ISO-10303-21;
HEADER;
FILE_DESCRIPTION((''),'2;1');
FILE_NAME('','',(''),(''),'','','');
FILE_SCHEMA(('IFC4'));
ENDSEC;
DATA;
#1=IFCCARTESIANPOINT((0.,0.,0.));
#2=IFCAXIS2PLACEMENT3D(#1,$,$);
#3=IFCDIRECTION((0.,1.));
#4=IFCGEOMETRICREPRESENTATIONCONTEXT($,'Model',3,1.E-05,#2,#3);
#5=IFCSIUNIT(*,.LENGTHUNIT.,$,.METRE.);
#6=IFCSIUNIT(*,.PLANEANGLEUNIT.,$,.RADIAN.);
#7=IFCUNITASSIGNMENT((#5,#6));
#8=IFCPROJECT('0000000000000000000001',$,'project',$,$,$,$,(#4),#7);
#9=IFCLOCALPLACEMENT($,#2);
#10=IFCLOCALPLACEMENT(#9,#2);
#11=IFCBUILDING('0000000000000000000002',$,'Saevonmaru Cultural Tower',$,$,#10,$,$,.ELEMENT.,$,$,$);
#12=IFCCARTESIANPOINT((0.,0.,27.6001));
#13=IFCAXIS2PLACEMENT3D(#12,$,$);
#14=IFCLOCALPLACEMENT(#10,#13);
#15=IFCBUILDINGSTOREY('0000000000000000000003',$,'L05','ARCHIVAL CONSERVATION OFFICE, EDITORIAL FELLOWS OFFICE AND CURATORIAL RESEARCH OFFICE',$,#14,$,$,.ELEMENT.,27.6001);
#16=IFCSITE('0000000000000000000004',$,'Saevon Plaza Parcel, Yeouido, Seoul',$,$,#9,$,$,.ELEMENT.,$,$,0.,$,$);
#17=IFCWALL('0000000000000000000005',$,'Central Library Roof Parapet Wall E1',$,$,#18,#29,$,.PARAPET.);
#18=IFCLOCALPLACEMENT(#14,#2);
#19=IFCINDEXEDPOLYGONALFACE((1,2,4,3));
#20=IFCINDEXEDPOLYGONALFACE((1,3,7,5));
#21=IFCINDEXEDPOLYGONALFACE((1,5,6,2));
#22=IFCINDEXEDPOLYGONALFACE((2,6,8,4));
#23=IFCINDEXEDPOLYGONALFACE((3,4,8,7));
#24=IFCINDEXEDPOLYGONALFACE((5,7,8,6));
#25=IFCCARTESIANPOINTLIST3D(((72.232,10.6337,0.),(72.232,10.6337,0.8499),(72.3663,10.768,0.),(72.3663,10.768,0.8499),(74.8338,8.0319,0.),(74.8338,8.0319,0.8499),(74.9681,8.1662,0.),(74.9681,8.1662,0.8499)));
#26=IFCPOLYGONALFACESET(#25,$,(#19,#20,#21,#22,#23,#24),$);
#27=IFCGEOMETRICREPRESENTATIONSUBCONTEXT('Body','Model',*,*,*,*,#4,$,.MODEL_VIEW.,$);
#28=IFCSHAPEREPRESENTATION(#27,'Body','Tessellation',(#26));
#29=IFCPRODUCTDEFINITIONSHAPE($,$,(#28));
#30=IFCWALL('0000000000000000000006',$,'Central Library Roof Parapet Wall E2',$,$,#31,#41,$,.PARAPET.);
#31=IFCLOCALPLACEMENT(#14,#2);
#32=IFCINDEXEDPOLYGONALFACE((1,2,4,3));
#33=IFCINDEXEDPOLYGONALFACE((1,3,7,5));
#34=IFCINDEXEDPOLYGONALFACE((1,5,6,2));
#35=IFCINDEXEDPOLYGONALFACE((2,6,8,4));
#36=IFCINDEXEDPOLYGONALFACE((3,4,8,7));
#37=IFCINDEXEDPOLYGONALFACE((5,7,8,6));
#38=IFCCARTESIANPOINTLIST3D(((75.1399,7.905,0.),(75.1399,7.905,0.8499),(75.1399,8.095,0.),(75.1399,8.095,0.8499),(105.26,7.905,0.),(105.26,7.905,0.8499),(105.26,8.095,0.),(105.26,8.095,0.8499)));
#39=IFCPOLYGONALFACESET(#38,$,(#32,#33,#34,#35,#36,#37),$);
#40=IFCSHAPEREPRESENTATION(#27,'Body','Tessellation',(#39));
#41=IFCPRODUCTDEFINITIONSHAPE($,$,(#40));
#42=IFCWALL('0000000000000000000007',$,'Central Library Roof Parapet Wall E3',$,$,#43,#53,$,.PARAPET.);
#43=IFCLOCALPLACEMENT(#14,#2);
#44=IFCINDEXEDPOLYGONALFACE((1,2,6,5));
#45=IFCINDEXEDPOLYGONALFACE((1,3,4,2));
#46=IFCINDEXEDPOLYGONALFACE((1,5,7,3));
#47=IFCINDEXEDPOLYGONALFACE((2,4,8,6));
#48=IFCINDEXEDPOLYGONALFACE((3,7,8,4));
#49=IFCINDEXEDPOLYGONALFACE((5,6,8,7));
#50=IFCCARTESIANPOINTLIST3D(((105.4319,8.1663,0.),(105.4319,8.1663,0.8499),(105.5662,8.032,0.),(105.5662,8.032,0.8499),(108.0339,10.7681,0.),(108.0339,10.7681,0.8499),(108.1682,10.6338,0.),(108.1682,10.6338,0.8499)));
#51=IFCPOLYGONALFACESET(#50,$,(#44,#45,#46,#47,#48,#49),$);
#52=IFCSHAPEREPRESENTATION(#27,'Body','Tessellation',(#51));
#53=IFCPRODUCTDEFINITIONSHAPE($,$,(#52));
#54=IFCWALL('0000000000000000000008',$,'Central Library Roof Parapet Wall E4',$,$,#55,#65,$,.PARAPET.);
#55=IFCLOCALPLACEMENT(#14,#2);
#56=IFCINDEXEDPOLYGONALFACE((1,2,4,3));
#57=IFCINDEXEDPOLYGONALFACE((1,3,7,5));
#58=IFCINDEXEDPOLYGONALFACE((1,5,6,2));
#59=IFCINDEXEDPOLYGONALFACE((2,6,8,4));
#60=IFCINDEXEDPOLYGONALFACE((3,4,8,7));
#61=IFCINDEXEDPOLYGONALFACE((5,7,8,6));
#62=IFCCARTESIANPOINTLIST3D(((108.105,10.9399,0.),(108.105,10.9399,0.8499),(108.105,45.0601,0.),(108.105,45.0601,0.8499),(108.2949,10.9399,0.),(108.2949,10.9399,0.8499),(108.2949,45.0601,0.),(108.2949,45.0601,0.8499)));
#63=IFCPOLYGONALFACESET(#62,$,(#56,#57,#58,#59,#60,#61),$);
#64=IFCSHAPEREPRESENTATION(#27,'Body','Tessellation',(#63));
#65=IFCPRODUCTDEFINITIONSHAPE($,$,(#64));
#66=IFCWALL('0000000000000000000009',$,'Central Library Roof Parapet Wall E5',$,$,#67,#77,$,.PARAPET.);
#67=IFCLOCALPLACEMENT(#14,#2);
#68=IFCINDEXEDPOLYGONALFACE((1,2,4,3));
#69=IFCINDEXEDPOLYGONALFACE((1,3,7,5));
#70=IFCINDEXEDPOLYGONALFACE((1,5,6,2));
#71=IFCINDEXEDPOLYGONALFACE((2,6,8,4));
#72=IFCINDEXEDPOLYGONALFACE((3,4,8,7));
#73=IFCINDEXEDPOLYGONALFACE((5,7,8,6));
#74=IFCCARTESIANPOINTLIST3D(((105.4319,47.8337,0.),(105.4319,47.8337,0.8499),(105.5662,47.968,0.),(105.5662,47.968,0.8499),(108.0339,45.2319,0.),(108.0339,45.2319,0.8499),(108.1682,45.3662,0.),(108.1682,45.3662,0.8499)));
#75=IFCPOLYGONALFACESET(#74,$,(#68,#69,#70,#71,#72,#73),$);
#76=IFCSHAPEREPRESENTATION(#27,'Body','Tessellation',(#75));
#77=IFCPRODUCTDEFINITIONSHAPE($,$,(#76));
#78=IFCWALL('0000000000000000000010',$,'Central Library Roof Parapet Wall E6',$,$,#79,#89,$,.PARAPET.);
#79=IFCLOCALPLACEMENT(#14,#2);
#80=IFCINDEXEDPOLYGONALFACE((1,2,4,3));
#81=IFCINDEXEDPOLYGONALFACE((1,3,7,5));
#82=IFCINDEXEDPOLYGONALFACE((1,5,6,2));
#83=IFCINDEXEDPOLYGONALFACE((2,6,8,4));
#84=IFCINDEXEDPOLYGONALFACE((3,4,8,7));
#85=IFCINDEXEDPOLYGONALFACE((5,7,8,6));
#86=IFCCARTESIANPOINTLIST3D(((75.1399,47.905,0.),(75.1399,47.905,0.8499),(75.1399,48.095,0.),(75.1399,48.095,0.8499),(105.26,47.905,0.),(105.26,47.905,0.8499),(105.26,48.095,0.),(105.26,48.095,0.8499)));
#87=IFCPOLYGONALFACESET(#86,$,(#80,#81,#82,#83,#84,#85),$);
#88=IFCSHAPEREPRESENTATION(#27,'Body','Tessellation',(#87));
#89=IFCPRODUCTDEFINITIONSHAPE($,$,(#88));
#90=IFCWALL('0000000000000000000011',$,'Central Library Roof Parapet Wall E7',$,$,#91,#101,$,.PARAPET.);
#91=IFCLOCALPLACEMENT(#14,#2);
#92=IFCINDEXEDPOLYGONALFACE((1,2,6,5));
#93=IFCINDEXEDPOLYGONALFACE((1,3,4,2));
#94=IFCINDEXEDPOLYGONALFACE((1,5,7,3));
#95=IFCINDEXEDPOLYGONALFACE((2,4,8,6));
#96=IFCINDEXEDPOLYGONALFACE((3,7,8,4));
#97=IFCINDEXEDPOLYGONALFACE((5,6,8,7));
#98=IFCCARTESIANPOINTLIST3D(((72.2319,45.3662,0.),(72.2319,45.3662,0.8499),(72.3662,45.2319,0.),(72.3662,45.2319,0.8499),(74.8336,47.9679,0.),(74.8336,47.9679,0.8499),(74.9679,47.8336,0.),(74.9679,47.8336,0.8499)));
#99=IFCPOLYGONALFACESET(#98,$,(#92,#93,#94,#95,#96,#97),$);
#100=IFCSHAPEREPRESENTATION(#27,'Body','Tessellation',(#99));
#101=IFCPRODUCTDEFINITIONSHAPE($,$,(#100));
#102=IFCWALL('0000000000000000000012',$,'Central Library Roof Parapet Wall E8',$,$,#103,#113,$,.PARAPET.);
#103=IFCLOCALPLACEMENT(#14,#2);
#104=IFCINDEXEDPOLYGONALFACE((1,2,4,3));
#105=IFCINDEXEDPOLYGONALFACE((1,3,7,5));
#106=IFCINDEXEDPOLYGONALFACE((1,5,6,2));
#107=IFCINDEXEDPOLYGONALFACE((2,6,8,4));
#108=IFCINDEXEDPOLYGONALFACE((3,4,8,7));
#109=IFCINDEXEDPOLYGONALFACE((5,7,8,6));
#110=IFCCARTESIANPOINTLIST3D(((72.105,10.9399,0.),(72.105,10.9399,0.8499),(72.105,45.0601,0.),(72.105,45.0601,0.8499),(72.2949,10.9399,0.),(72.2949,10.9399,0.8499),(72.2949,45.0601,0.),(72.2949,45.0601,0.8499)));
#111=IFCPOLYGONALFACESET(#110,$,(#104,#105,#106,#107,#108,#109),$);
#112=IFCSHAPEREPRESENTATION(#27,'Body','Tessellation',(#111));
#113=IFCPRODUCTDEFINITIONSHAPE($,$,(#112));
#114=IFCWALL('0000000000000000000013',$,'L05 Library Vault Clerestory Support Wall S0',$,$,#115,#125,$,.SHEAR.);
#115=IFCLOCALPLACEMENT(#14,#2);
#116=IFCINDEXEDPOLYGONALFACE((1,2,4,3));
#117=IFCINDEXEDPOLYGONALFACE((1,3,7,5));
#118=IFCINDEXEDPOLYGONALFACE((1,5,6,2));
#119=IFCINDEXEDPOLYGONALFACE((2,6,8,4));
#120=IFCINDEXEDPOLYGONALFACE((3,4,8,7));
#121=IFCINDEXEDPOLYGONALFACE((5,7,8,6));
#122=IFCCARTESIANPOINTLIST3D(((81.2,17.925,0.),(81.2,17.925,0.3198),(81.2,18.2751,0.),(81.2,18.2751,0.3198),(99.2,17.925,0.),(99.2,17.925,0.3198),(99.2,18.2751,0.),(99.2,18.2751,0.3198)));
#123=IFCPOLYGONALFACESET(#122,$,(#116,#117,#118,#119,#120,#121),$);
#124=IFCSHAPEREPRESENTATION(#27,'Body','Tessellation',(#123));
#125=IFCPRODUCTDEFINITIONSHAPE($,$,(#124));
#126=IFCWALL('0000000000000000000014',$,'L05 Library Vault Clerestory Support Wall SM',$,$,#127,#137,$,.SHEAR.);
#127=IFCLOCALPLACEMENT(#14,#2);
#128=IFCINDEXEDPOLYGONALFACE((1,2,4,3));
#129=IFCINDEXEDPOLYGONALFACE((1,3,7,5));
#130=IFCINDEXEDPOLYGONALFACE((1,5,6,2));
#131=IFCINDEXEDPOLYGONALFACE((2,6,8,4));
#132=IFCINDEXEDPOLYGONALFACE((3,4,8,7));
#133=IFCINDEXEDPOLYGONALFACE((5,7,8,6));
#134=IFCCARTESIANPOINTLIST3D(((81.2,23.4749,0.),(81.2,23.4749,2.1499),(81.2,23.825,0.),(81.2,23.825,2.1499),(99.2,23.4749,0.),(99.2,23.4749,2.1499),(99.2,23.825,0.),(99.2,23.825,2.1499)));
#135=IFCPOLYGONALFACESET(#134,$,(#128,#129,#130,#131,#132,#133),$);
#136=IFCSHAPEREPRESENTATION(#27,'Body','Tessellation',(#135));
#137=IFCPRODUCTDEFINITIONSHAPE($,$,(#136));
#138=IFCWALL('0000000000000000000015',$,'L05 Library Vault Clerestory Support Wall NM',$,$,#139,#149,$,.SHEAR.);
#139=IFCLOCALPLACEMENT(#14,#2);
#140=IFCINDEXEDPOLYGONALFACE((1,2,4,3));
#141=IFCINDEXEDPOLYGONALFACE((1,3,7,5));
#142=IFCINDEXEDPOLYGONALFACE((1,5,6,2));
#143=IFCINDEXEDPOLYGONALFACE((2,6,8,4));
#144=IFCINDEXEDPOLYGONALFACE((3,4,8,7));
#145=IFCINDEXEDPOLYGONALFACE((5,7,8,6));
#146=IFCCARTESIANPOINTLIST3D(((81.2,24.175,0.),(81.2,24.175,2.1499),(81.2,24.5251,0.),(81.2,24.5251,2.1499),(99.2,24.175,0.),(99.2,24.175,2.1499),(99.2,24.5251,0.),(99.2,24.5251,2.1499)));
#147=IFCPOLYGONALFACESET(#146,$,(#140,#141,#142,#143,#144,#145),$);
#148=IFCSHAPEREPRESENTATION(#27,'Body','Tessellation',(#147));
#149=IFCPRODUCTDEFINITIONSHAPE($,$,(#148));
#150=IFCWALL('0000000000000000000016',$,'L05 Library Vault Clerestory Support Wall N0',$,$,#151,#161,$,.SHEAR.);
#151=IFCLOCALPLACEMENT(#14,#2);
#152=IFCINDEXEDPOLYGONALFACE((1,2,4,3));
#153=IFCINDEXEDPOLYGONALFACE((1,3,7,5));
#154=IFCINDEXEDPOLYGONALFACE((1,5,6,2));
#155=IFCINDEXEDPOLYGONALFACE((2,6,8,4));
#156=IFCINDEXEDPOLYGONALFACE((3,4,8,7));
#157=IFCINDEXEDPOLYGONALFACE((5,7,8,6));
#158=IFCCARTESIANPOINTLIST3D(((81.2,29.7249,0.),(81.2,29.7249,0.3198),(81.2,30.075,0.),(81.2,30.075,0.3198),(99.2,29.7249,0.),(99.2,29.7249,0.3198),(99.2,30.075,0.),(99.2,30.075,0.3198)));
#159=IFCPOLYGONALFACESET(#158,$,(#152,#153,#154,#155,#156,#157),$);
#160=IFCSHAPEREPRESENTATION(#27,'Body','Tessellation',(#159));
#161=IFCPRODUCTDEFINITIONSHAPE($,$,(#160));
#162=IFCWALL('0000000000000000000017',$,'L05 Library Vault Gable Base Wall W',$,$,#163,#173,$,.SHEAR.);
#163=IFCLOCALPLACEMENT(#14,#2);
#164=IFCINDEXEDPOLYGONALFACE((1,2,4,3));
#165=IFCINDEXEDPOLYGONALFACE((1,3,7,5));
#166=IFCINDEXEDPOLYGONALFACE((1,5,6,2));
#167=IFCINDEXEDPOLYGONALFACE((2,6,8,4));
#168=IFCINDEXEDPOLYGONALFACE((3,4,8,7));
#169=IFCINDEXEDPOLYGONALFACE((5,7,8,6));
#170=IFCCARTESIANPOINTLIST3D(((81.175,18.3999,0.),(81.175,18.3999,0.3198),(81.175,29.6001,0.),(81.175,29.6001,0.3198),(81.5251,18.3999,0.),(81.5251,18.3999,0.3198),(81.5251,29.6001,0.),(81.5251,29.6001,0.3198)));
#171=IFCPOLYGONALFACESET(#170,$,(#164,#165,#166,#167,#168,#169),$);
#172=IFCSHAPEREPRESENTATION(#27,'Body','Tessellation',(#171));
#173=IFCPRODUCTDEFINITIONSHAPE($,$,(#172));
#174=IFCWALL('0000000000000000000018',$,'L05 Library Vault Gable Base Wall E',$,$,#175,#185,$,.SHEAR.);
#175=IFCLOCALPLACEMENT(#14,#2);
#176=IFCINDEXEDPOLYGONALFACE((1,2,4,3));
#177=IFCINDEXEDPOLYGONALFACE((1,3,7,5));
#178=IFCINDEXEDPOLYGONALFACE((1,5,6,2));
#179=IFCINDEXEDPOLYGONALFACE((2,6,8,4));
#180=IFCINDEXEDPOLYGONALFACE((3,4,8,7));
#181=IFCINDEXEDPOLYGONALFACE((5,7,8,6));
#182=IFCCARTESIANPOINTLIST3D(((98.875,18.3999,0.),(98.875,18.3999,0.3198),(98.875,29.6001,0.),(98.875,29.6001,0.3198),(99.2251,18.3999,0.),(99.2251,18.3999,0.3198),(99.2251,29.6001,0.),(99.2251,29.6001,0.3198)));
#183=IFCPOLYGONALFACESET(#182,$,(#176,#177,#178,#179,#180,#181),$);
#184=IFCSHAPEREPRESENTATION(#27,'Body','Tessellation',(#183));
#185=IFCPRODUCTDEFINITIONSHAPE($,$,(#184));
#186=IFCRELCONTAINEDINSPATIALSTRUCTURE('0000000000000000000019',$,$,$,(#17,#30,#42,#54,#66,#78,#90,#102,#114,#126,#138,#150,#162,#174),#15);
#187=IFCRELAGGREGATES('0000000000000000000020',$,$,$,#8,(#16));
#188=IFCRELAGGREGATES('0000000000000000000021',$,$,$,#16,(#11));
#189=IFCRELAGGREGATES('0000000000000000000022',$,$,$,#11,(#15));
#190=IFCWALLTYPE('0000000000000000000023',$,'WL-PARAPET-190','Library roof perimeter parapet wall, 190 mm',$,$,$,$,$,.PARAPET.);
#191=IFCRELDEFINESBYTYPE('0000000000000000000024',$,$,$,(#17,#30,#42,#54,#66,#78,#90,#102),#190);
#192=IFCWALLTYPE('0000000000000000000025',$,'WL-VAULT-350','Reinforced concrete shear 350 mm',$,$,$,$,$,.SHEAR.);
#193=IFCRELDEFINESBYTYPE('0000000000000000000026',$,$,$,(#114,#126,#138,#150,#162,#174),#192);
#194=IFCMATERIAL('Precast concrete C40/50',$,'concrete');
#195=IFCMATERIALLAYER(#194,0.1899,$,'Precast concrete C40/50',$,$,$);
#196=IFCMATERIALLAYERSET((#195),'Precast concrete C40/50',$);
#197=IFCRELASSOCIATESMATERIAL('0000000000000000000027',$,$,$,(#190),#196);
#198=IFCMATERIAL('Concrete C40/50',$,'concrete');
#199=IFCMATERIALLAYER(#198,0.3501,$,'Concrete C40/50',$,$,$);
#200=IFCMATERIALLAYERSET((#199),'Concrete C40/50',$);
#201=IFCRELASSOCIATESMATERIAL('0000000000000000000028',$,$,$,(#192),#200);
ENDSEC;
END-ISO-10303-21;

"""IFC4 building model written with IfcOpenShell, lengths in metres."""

from ifc_helpers import new_model, si_unit, direction, frame, frame_2d, origin, place, context, subcontext, project, spatial, rectangle, extrude, material, layer, layer_set, type_object, element, save


model = new_model("IFC4")

# Units and contexts
model_context = context("Model", 3, precision=1e-05, world=origin(), true_north=direction((0.0, 1.0)))
body_context = subcontext(model_context, "Body", "Model", "MODEL_VIEW")
ifc_project = project(units=[si_unit("LENGTHUNIT", "METRE"), si_unit("PLANEANGLEUNIT", "RADIAN")], contexts=[model_context])

# Site, building, storey
site_placement = place(None, origin())
site = spatial("IfcSite", under=ifc_project, at=site_placement, Name="Saevon Plaza Parcel, Yeouido, Seoul", CompositionType="ELEMENT", RefElevation=0.0)
building_placement = place(site_placement, origin())
building = spatial("IfcBuilding", under=site, at=building_placement, Name="Saevonmaru Cultural Tower", CompositionType="ELEMENT")
storey_placement = place(building_placement, frame((0.0, 0.0, 27.6001)))
storey = spatial("IfcBuildingStorey", under=building, at=storey_placement, Name="L05", Description="ARCHIVAL CONSERVATION OFFICE, EDITORIAL FELLOWS OFFICE AND CURATORIAL RESEARCH OFFICE", CompositionType="ELEMENT", Elevation=27.6001)

# Shared definitions
ifc_material_1 = material(Name="Concrete C40/50", Category="concrete")

# Walls
ifc_material_2 = material(Name="Precast concrete C40/50", Category="concrete")
ifc_layer_1 = layer(ifc_material_2, 0.1899, Name="Precast concrete C40/50")
ifc_layer_set_1 = layer_set([ifc_layer_1], Name="Precast concrete C40/50")
wall_type_1 = type_object("IfcWallType", Name="WL-PARAPET-190", Description="Library roof perimeter parapet wall, 190 mm", PredefinedType="PARAPET", material=ifc_layer_set_1)
wall_1_placement = place(storey_placement, frame((72.2991, 10.7009, 0.0), z_axis=(0.0, 0.0, 1.0), x_axis=(0.707107, -0.707107, 0.0)))
element("IfcWall", 1, at=wall_1_placement, inside=storey, type_object=wall_type_1, Name="Central Library Roof Parapet Wall E1", PredefinedType="PARAPET", context=body_context, shape_type="SweptSolid", body=[
    extrude(rectangle(XDim=3.6794, YDim=0.1899, at=frame_2d((1.8398, 0.0))), origin(), (0.0, 0.0, 1.0), 0.8499),
])
wall_2_placement = place(storey_placement, frame((75.1399, 8.0, 0.0), z_axis=(0.0, 0.0, 1.0), x_axis=(1.0, 0.0, 0.0)))
element("IfcWall", 2, at=wall_2_placement, inside=storey, type_object=wall_type_1, Name="Central Library Roof Parapet Wall E2", PredefinedType="PARAPET", context=body_context, shape_type="SweptSolid", body=[
    extrude(rectangle(XDim=30.1201, YDim=0.1899, at=frame_2d((15.0601, 0.0))), origin(), (0.0, 0.0, 1.0), 0.8499),
])
wall_3_placement = place(storey_placement, frame((105.499, 8.0991, 0.0), z_axis=(0.0, 0.0, 1.0), x_axis=(0.70714, 0.707074, 0.0)))
element("IfcWall", 3, at=wall_3_placement, inside=storey, type_object=wall_type_1, Name="Central Library Roof Parapet Wall E3", PredefinedType="PARAPET", context=body_context, shape_type="SweptSolid", body=[
    extrude(rectangle(XDim=3.6797, YDim=0.1899, at=frame_2d((1.8398, 0.0))), origin(), (0.0, 0.0, 1.0), 0.8499),
])
wall_4_placement = place(storey_placement, frame((108.2, 10.9399, 0.0), z_axis=(0.0, 0.0, 1.0), x_axis=(0.0, 1.0, 0.0)))
element("IfcWall", 4, at=wall_4_placement, inside=storey, type_object=wall_type_1, Name="Central Library Roof Parapet Wall E4", PredefinedType="PARAPET", context=body_context, shape_type="SweptSolid", body=[
    extrude(rectangle(XDim=34.1201, YDim=0.1899, at=frame_2d((17.0601, 0.0))), origin(), (0.0, 0.0, 1.0), 0.8499),
])
wall_5_placement = place(storey_placement, frame((108.1011, 45.2991, 0.0), z_axis=(0.0, 0.0, 1.0), x_axis=(-0.70714, 0.707074, 0.0)))
element("IfcWall", 5, at=wall_5_placement, inside=storey, type_object=wall_type_1, Name="Central Library Roof Parapet Wall E5", PredefinedType="PARAPET", context=body_context, shape_type="SweptSolid", body=[
    extrude(rectangle(XDim=3.6797, YDim=0.1899, at=frame_2d((1.8398, 0.0))), origin(), (0.0, 0.0, 1.0), 0.8499),
])
wall_6_placement = place(storey_placement, frame((105.26, 48.0, 0.0), z_axis=(0.0, 0.0, 1.0), x_axis=(-1.0, 0.0, 0.0)))
element("IfcWall", 6, at=wall_6_placement, inside=storey, type_object=wall_type_1, Name="Central Library Roof Parapet Wall E6", PredefinedType="PARAPET", context=body_context, shape_type="SweptSolid", body=[
    extrude(rectangle(XDim=30.1201, YDim=0.1899, at=frame_2d((15.0601, 0.0))), origin(), (0.0, 0.0, 1.0), 0.8499),
])
wall_7_placement = place(storey_placement, frame((74.9009, 47.9009, 0.0), z_axis=(0.0, 0.0, 1.0), x_axis=(-0.707107, -0.707107, 0.0)))
element("IfcWall", 7, at=wall_7_placement, inside=storey, type_object=wall_type_1, Name="Central Library Roof Parapet Wall E7", PredefinedType="PARAPET", context=body_context, shape_type="SweptSolid", body=[
    extrude(rectangle(XDim=3.6794, YDim=0.1899, at=frame_2d((1.8398, 0.0))), origin(), (0.0, 0.0, 1.0), 0.8499),
])
wall_8_placement = place(storey_placement, frame((72.2, 45.0601, 0.0), z_axis=(0.0, 0.0, 1.0), x_axis=(0.0, -1.0, 0.0)))
element("IfcWall", 8, at=wall_8_placement, inside=storey, type_object=wall_type_1, Name="Central Library Roof Parapet Wall E8", PredefinedType="PARAPET", context=body_context, shape_type="SweptSolid", body=[
    extrude(rectangle(XDim=34.1201, YDim=0.1899, at=frame_2d((17.0601, 0.0))), origin(), (0.0, 0.0, 1.0), 0.8499),
])
ifc_layer_2 = layer(ifc_material_1, 0.3501, Name="Concrete C40/50")
ifc_layer_set_2 = layer_set([ifc_layer_2], Name="Concrete C40/50")
wall_type_2 = type_object("IfcWallType", Name="WL-VAULT-350", Description="Reinforced concrete shear 350 mm", PredefinedType="SHEAR", material=ifc_layer_set_2)
wall_9_placement = place(storey_placement, frame((81.2, 18.1001, 0.0), z_axis=(0.0, 0.0, 1.0), x_axis=(1.0, 0.0, 0.0)))
element("IfcWall", 9, at=wall_9_placement, inside=storey, type_object=wall_type_2, Name="L05 Library Vault Clerestory Support Wall S0", PredefinedType="SHEAR", context=body_context, shape_type="SweptSolid", body=[
    extrude(rectangle(XDim=18.0, YDim=0.3501, at=frame_2d((9.0, 0.0))), origin(), (0.0, 0.0, 1.0), 0.3198),
])
for number, where, z_axis, x_axis, name in (
    (10, (81.2, 23.6499, 0.0), (0.0, 0.0, 1.0), (1.0, 0.0, 0.0), "L05 Library Vault Clerestory Support Wall SM"),
    (11, (81.2, 24.3501, 0.0), (0.0, 0.0, 1.0), (1.0, 0.0, 0.0), "L05 Library Vault Clerestory Support Wall NM"),
):
    element("IfcWall", number, at=place(storey_placement, frame(where, z_axis=z_axis, x_axis=x_axis)), inside=storey, type_object=wall_type_2, Name=name, PredefinedType="SHEAR", context=body_context, shape_type="SweptSolid", body=[
        extrude(rectangle(XDim=18.0, YDim=0.3501, at=frame_2d((9.0, 0.0))), origin(), (0.0, 0.0, 1.0), 2.1499),
    ])
wall_10_placement = place(storey_placement, frame((81.2, 29.8999, 0.0), z_axis=(0.0, 0.0, 1.0), x_axis=(1.0, 0.0, 0.0)))
element("IfcWall", 12, at=wall_10_placement, inside=storey, type_object=wall_type_2, Name="L05 Library Vault Clerestory Support Wall N0", PredefinedType="SHEAR", context=body_context, shape_type="SweptSolid", body=[
    extrude(rectangle(XDim=18.0, YDim=0.3501, at=frame_2d((9.0, 0.0))), origin(), (0.0, 0.0, 1.0), 0.3198),
])
for number, where, z_axis, x_axis, name in (
    (13, (81.3501, 18.3999, 0.0), (0.0, 0.0, 1.0), (0.0, 1.0, 0.0), "L05 Library Vault Gable Base Wall W"),
    (14, (99.05, 18.3999, 0.0), (0.0, 0.0, 1.0), (0.0, 1.0, 0.0), "L05 Library Vault Gable Base Wall E"),
):
    element("IfcWall", number, at=place(storey_placement, frame(where, z_axis=z_axis, x_axis=x_axis)), inside=storey, type_object=wall_type_2, Name=name, PredefinedType="SHEAR", context=body_context, shape_type="SweptSolid", body=[
        extrude(rectangle(XDim=11.2002, YDim=0.3501, at=frame_2d((5.6001, 0.0))), origin(), (0.0, 0.0, 1.0), 0.3198),
    ])

save(model, "model.ifc")
